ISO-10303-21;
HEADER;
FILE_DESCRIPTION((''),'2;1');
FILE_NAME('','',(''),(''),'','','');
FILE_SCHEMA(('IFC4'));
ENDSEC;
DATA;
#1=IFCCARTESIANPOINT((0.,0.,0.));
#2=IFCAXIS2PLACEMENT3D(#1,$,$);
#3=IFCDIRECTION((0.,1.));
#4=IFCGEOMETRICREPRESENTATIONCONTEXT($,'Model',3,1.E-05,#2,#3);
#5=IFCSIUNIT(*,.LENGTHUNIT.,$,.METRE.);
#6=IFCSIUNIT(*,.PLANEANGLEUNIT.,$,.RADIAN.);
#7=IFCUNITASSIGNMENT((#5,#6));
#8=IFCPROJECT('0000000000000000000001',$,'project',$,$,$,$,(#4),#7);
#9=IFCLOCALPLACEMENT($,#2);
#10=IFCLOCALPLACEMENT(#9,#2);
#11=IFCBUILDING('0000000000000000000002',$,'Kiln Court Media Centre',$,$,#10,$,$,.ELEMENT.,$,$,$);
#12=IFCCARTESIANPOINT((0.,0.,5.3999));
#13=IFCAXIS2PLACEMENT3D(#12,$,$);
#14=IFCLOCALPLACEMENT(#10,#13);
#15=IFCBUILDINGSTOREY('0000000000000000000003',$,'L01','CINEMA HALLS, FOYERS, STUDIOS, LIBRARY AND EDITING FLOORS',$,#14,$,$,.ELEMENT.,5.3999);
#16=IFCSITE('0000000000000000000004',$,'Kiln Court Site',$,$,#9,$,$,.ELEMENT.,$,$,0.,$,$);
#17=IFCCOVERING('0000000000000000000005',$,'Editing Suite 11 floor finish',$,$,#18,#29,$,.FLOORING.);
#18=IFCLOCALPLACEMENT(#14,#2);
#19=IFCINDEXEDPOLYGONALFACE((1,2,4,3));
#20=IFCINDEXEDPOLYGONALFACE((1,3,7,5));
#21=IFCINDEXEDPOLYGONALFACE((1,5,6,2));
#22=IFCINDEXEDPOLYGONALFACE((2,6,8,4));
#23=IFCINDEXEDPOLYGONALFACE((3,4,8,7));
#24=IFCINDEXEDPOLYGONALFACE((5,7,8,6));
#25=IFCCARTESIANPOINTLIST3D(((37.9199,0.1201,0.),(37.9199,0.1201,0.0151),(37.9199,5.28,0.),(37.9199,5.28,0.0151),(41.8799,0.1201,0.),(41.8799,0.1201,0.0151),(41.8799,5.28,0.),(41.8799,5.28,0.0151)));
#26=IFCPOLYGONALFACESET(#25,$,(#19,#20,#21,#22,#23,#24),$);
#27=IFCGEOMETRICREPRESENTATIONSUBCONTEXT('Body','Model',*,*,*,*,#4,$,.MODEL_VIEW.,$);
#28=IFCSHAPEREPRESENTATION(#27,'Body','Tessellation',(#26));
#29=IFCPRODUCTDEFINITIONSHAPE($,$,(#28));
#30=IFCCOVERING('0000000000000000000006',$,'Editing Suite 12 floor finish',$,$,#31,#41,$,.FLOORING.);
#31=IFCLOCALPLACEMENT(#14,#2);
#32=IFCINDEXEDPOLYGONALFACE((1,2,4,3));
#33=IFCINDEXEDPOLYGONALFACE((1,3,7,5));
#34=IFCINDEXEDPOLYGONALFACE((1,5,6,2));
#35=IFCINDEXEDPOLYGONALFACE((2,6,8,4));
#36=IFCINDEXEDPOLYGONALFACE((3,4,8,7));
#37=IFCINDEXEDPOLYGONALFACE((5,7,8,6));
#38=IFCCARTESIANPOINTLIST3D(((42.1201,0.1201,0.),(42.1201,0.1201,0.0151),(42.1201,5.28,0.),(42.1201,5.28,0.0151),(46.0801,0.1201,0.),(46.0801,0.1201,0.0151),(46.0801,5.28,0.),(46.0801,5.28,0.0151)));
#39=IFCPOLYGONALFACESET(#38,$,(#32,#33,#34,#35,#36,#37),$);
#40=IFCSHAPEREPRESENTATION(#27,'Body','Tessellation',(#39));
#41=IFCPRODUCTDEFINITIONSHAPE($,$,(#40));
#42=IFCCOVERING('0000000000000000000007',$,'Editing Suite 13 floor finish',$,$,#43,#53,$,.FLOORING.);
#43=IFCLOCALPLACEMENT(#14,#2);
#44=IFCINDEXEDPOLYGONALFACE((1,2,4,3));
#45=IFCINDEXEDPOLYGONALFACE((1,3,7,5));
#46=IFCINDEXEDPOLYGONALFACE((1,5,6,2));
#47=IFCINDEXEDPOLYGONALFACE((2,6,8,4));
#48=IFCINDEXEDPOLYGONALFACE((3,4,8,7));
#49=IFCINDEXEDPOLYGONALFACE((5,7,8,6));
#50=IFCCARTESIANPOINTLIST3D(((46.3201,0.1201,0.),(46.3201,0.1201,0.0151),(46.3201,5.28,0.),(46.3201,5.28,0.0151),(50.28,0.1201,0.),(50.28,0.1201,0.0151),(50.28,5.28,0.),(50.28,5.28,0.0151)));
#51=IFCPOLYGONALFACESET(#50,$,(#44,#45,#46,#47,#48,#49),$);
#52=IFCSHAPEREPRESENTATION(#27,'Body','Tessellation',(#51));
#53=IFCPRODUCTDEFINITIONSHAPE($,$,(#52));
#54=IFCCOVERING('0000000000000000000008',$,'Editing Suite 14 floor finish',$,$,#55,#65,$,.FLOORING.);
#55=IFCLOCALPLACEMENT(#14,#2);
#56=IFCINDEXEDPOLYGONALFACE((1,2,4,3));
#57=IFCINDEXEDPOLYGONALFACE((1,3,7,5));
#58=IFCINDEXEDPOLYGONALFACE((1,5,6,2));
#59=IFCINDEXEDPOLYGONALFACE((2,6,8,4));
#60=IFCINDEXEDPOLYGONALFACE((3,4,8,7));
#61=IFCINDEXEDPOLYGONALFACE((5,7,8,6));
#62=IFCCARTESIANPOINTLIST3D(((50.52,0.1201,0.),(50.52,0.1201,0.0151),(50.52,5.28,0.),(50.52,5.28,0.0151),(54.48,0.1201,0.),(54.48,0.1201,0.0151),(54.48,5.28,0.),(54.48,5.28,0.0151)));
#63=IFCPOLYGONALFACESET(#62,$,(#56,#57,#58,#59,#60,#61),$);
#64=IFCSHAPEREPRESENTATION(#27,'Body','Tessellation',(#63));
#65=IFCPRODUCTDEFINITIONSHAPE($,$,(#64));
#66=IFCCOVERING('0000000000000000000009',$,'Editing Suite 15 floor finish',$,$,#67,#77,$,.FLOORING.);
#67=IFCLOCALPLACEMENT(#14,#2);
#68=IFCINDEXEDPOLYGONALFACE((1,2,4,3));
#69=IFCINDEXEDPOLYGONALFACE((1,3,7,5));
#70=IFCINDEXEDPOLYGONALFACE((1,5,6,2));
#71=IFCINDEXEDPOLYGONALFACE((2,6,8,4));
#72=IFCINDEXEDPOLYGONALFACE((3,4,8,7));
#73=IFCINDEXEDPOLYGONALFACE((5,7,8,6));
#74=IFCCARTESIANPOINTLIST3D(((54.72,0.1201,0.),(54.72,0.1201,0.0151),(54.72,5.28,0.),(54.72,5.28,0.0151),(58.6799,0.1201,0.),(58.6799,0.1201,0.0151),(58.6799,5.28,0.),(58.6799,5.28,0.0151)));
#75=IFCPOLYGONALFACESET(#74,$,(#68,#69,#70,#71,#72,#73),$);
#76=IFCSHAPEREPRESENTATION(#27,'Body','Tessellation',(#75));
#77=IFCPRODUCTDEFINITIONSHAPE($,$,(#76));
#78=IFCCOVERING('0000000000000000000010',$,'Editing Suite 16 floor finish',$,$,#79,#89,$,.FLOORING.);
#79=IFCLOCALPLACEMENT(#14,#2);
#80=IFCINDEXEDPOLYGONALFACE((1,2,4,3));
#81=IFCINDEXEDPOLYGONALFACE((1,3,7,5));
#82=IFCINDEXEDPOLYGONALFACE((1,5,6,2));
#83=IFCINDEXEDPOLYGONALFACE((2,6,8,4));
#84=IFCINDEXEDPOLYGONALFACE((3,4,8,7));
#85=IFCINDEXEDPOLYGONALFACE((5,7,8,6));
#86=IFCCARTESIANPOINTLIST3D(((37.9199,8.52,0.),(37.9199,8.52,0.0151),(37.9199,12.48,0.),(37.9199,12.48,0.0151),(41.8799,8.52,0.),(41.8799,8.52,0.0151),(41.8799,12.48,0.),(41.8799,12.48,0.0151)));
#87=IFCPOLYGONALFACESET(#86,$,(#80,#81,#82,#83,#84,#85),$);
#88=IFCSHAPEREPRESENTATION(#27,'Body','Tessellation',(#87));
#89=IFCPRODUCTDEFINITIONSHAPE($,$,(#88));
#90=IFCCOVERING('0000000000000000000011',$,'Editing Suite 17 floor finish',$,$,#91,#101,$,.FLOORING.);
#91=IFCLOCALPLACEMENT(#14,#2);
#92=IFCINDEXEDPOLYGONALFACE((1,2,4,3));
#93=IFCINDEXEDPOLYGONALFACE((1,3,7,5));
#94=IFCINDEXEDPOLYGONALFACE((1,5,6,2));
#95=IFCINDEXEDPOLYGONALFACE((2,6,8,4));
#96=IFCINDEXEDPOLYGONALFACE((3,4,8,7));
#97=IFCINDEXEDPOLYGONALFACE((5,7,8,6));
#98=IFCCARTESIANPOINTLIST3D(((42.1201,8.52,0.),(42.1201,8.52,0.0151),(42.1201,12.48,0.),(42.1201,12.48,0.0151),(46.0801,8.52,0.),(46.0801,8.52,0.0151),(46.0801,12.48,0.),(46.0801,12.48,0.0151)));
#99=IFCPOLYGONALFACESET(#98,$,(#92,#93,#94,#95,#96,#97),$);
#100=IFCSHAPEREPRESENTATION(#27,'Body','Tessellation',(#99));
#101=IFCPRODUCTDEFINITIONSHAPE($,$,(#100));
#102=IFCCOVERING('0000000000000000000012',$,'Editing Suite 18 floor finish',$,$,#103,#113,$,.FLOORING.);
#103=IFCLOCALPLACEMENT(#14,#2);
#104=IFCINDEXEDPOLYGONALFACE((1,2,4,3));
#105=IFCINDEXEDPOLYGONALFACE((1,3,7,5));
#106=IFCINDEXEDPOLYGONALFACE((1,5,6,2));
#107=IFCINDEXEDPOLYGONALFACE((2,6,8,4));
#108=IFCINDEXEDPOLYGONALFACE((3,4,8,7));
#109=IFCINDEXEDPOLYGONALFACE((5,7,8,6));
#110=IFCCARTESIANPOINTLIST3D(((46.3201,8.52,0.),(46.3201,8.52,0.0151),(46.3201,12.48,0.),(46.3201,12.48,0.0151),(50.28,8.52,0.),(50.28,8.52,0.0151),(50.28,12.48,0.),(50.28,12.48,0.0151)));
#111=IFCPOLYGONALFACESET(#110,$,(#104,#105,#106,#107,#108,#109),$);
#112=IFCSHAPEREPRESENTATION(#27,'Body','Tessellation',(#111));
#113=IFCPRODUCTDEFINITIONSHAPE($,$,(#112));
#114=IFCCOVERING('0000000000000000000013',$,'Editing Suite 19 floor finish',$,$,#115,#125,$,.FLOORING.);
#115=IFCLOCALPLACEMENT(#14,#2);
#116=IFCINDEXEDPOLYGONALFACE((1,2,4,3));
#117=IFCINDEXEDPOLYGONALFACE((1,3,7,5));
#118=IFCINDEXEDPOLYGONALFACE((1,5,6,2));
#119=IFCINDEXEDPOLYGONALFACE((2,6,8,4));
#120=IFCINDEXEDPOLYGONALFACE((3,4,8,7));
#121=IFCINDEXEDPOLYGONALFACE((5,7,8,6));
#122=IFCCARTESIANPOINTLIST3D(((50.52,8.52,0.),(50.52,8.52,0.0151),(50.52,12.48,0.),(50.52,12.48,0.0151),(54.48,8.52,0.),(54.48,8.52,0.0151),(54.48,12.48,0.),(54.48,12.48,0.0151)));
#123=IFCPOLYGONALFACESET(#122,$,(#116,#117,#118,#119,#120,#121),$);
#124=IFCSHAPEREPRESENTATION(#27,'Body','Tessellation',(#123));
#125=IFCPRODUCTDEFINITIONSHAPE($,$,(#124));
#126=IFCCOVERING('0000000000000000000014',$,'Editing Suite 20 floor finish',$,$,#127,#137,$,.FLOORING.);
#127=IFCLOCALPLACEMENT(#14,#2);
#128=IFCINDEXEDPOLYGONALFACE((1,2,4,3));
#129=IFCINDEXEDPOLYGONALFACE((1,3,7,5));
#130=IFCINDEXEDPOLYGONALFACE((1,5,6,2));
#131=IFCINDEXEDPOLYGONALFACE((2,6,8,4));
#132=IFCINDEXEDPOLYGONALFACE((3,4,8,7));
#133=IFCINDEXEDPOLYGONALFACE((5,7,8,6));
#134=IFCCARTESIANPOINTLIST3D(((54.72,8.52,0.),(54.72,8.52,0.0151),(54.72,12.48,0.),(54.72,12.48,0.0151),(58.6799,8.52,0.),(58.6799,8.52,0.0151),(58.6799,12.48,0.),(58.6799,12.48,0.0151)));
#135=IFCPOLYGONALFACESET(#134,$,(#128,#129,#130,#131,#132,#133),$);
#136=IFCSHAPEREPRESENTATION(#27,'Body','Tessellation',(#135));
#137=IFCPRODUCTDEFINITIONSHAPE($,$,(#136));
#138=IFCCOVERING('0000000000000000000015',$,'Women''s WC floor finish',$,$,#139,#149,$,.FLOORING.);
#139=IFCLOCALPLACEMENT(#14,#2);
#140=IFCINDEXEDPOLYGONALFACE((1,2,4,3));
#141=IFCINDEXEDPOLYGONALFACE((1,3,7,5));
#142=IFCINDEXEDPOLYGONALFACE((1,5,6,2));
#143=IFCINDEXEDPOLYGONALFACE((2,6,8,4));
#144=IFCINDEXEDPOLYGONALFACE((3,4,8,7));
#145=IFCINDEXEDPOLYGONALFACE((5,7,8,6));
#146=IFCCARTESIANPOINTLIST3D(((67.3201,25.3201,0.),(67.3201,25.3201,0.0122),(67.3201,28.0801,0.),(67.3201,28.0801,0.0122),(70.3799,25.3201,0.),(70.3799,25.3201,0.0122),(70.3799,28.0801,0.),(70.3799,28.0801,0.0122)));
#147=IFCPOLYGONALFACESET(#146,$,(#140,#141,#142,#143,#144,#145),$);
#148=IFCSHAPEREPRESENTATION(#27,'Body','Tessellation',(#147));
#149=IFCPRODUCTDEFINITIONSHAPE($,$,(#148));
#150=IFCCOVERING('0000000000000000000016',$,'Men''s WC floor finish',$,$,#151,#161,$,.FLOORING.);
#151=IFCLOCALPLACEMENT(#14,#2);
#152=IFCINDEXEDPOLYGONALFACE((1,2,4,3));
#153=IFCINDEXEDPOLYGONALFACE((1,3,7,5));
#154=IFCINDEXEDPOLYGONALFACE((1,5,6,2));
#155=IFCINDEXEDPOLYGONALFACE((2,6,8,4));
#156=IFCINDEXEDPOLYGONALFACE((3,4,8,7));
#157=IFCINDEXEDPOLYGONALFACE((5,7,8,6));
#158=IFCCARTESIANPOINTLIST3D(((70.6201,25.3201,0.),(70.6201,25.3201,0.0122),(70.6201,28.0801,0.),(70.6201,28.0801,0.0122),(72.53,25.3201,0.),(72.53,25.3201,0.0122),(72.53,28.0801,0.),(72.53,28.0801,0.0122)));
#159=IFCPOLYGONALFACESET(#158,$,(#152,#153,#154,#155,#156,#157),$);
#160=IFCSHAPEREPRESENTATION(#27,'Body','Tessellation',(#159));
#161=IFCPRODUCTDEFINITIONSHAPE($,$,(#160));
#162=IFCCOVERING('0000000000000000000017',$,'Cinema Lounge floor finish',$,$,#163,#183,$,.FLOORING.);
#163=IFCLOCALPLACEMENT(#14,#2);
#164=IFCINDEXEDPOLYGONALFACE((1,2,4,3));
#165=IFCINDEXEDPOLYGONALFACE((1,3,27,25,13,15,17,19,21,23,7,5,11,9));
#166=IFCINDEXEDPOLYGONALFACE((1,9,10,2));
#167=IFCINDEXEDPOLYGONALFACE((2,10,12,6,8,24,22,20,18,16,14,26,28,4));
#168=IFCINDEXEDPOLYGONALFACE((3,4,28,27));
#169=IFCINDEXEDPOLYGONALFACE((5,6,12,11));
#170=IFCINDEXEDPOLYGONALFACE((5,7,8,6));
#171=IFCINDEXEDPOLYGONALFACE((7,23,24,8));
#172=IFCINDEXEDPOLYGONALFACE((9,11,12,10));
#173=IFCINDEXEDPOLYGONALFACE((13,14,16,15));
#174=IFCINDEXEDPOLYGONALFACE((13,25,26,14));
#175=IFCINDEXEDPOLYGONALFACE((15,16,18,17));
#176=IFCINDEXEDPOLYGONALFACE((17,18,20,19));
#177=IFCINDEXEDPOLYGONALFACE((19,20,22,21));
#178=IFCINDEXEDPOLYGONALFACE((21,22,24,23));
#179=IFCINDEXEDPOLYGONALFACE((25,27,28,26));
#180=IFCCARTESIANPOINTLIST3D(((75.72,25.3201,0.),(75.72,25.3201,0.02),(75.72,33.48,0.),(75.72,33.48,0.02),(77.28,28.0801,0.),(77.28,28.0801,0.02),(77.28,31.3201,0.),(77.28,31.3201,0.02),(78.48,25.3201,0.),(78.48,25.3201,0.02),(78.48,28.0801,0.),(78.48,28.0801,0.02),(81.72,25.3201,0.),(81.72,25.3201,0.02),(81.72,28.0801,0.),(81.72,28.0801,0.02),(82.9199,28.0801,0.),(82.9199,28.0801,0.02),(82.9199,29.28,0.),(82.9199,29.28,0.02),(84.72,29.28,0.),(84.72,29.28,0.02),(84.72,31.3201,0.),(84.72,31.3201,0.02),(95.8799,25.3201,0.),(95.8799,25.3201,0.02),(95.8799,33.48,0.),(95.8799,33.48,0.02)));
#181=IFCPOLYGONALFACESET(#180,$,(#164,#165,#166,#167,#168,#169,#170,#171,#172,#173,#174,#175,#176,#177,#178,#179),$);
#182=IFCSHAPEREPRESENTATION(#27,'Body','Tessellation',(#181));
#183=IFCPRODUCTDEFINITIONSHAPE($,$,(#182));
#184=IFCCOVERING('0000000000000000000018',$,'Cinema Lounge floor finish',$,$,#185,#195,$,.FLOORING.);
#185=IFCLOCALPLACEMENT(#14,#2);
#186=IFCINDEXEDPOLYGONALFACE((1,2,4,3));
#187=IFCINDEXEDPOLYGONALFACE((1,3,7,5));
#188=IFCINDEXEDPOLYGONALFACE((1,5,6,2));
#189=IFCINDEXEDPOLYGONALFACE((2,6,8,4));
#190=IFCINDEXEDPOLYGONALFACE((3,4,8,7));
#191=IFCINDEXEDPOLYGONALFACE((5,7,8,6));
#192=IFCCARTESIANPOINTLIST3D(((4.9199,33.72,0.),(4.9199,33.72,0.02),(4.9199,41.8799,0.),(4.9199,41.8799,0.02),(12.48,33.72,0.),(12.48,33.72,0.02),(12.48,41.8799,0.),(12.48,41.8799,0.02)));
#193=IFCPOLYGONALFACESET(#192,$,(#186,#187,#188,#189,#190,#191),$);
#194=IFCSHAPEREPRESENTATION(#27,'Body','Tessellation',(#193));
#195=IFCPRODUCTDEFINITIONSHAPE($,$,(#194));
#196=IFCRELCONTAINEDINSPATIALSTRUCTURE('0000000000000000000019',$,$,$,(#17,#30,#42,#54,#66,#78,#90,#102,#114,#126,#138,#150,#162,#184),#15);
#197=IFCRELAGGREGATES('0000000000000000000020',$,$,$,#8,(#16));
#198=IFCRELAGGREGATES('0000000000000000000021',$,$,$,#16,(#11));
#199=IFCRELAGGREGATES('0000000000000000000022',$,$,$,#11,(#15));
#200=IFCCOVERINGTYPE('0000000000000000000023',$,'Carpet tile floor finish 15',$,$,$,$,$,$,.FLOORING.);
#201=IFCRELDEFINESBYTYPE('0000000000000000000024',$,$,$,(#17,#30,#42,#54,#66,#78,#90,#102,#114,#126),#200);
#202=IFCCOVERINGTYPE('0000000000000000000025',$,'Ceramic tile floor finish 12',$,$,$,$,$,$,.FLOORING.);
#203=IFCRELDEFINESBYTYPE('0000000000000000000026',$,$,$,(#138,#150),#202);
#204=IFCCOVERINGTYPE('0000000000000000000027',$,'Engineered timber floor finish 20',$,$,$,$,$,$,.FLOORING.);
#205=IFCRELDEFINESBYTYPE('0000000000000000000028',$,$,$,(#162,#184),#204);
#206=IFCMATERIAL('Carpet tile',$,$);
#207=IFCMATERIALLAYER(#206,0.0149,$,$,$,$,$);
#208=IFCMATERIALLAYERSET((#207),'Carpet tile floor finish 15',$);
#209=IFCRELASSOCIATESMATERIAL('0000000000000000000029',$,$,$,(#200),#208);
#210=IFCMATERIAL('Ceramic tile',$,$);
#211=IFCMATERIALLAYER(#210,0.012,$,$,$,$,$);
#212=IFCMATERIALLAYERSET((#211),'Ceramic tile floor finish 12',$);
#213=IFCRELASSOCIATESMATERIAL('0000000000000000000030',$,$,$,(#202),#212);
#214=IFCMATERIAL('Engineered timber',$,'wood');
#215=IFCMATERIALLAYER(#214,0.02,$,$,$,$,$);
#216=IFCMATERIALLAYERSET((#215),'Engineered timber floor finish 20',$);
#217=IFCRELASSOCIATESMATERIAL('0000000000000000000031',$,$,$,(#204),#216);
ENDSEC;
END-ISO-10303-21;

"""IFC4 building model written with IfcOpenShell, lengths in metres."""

from ifc_helpers import new_model, si_unit, direction, frame, origin, place, context, subcontext, project, spatial, polyline, outline, extrude, material, layer, layer_set, type_object, element, save


model = new_model("IFC4")

# Units and contexts
model_context = context("Model", 3, precision=1e-05, world=origin(), true_north=direction((0.0, 1.0)))
body_context = subcontext(model_context, "Body", "Model", "MODEL_VIEW")
ifc_project = project(units=[si_unit("LENGTHUNIT", "METRE"), si_unit("PLANEANGLEUNIT", "RADIAN")], contexts=[model_context])

# Site, building, storey
site_placement = place(None, origin())
site = spatial("IfcSite", under=ifc_project, at=site_placement, Name="Kiln Court Site", CompositionType="ELEMENT", RefElevation=0.0)
building_placement = place(site_placement, origin())
building = spatial("IfcBuilding", under=site, at=building_placement, Name="Kiln Court Media Centre", CompositionType="ELEMENT")
storey_placement = place(building_placement, frame((0.0, 0.0, 5.3999)))
storey = spatial("IfcBuildingStorey", under=building, at=storey_placement, Name="L01", Description="CINEMA HALLS, FOYERS, STUDIOS, LIBRARY AND EDITING FLOORS", CompositionType="ELEMENT", Elevation=5.3999)

# Coverings
ifc_material_1 = material(Name="Carpet tile")
ifc_layer_1 = layer(ifc_material_1, 0.0149)
ifc_layer_set_1 = layer_set([ifc_layer_1], Name="Carpet tile floor finish 15")
covering_type_1 = type_object("IfcCoveringType", Name="Carpet tile floor finish 15", PredefinedType="FLOORING", material=ifc_layer_set_1)
covering_1_placement = place(storey_placement, origin())
element("IfcCovering", 1, at=covering_1_placement, inside=storey, type_object=covering_type_1, Name="Editing Suite 11 floor finish", PredefinedType="FLOORING", context=body_context, shape_type="SweptSolid", body=[
    extrude(outline(polyline([(37.9199, 0.1201), (41.8799, 0.1201), (41.8799, 5.28), (37.9199, 5.28), (37.9199, 0.1201)])), origin(), (0.0, 0.0, 1.0), 0.0151),
])
covering_2_placement = place(storey_placement, origin())
element("IfcCovering", 2, at=covering_2_placement, inside=storey, type_object=covering_type_1, Name="Editing Suite 12 floor finish", PredefinedType="FLOORING", context=body_context, shape_type="SweptSolid", body=[
    extrude(outline(polyline([(42.1201, 0.1201), (46.0801, 0.1201), (46.0801, 5.28), (42.1201, 5.28), (42.1201, 0.1201)])), origin(), (0.0, 0.0, 1.0), 0.0151),
])
covering_3_placement = place(storey_placement, origin())
element("IfcCovering", 3, at=covering_3_placement, inside=storey, type_object=covering_type_1, Name="Editing Suite 13 floor finish", PredefinedType="FLOORING", context=body_context, shape_type="SweptSolid", body=[
    extrude(outline(polyline([(46.3201, 0.1201), (50.28, 0.1201), (50.28, 5.28), (46.3201, 5.28), (46.3201, 0.1201)])), origin(), (0.0, 0.0, 1.0), 0.0151),
])
covering_4_placement = place(storey_placement, origin())
element("IfcCovering", 4, at=covering_4_placement, inside=storey, type_object=covering_type_1, Name="Editing Suite 14 floor finish", PredefinedType="FLOORING", context=body_context, shape_type="SweptSolid", body=[
    extrude(outline(polyline([(50.52, 0.1201), (54.48, 0.1201), (54.48, 5.28), (50.52, 5.28), (50.52, 0.1201)])), origin(), (0.0, 0.0, 1.0), 0.0151),
])
covering_5_placement = place(storey_placement, origin())
element("IfcCovering", 5, at=covering_5_placement, inside=storey, type_object=covering_type_1, Name="Editing Suite 15 floor finish", PredefinedType="FLOORING", context=body_context, shape_type="SweptSolid", body=[
    extrude(outline(polyline([(54.72, 0.1201), (58.6799, 0.1201), (58.6799, 5.28), (54.72, 5.28), (54.72, 0.1201)])), origin(), (0.0, 0.0, 1.0), 0.0151),
])
covering_6_placement = place(storey_placement, origin())
element("IfcCovering", 6, at=covering_6_placement, inside=storey, type_object=covering_type_1, Name="Editing Suite 16 floor finish", PredefinedType="FLOORING", context=body_context, shape_type="SweptSolid", body=[
    extrude(outline(polyline([(37.9199, 8.52), (41.8799, 8.52), (41.8799, 12.48), (37.9199, 12.48), (37.9199, 8.52)])), origin(), (0.0, 0.0, 1.0), 0.0151),
])
covering_7_placement = place(storey_placement, origin())
element("IfcCovering", 7, at=covering_7_placement, inside=storey, type_object=covering_type_1, Name="Editing Suite 17 floor finish", PredefinedType="FLOORING", context=body_context, shape_type="SweptSolid", body=[
    extrude(outline(polyline([(42.1201, 8.52), (46.0801, 8.52), (46.0801, 12.48), (42.1201, 12.48), (42.1201, 8.52)])), origin(), (0.0, 0.0, 1.0), 0.0151),
])
covering_8_placement = place(storey_placement, origin())
element("IfcCovering", 8, at=covering_8_placement, inside=storey, type_object=covering_type_1, Name="Editing Suite 18 floor finish", PredefinedType="FLOORING", context=body_context, shape_type="SweptSolid", body=[
    extrude(outline(polyline([(46.3201, 8.52), (50.28, 8.52), (50.28, 12.48), (46.3201, 12.48), (46.3201, 8.52)])), origin(), (0.0, 0.0, 1.0), 0.0151),
])
covering_9_placement = place(storey_placement, origin())
element("IfcCovering", 9, at=covering_9_placement, inside=storey, type_object=covering_type_1, Name="Editing Suite 19 floor finish", PredefinedType="FLOORING", context=body_context, shape_type="SweptSolid", body=[
    extrude(outline(polyline([(50.52, 8.52), (54.48, 8.52), (54.48, 12.48), (50.52, 12.48), (50.52, 8.52)])), origin(), (0.0, 0.0, 1.0), 0.0151),
])
covering_10_placement = place(storey_placement, origin())
element("IfcCovering", 10, at=covering_10_placement, inside=storey, type_object=covering_type_1, Name="Editing Suite 20 floor finish", PredefinedType="FLOORING", context=body_context, shape_type="SweptSolid", body=[
    extrude(outline(polyline([(54.72, 8.52), (58.6799, 8.52), (58.6799, 12.48), (54.72, 12.48), (54.72, 8.52)])), origin(), (0.0, 0.0, 1.0), 0.0151),
])
ifc_material_2 = material(Name="Ceramic tile")
ifc_layer_2 = layer(ifc_material_2, 0.012)
ifc_layer_set_2 = layer_set([ifc_layer_2], Name="Ceramic tile floor finish 12")
covering_type_2 = type_object("IfcCoveringType", Name="Ceramic tile floor finish 12", PredefinedType="FLOORING", material=ifc_layer_set_2)
covering_11_placement = place(storey_placement, origin())
element("IfcCovering", 11, at=covering_11_placement, inside=storey, type_object=covering_type_2, Name="Women's WC floor finish", PredefinedType="FLOORING", context=body_context, shape_type="SweptSolid", body=[
    extrude(outline(polyline([(70.3799, 25.3201), (70.3799, 28.0801), (67.3201, 28.0801), (67.3201, 25.3201), (70.3799, 25.3201)])), origin(), (0.0, 0.0, 1.0), 0.0122),
])
covering_12_placement = place(storey_placement, origin())
element("IfcCovering", 12, at=covering_12_placement, inside=storey, type_object=covering_type_2, Name="Men's WC floor finish", PredefinedType="FLOORING", context=body_context, shape_type="SweptSolid", body=[
    extrude(outline(polyline([(72.53, 25.3201), (72.53, 28.0801), (70.6201, 28.0801), (70.6201, 25.3201), (72.53, 25.3201)])), origin(), (0.0, 0.0, 1.0), 0.0122),
])
ifc_material_3 = material(Name="Engineered timber", Category="wood")
ifc_layer_3 = layer(ifc_material_3, 0.02)
ifc_layer_set_3 = layer_set([ifc_layer_3], Name="Engineered timber floor finish 20")
covering_type_3 = type_object("IfcCoveringType", Name="Engineered timber floor finish 20", PredefinedType="FLOORING", material=ifc_layer_set_3)
covering_13_placement = place(storey_placement, origin())
element("IfcCovering", 13, at=covering_13_placement, inside=storey, type_object=covering_type_3, Name="Cinema Lounge floor finish", PredefinedType="FLOORING", context=body_context, shape_type="SweptSolid", body=[
    extrude(outline(polyline([(77.28, 31.3201), (84.72, 31.3201), (84.72, 29.28), (82.9199, 29.28), (82.9199, 28.0801), (81.72, 28.0801), (81.72, 25.3201), (95.8799, 25.3201), (95.8799, 33.48), (75.72, 33.48), (75.72, 25.3201), (78.48, 25.3201), (78.48, 28.0801), (77.28, 28.0801), (77.28, 31.3201)])), origin(), (0.0, 0.0, 1.0), 0.02),
])
covering_14_placement = place(storey_placement, origin())
element("IfcCovering", 14, at=covering_14_placement, inside=storey, type_object=covering_type_3, Name="Cinema Lounge floor finish", PredefinedType="FLOORING", context=body_context, shape_type="SweptSolid", body=[
    extrude(outline(polyline([(12.48, 41.8799), (4.9199, 41.8799), (4.9199, 33.72), (12.48, 33.72), (12.48, 41.8799)])), origin(), (0.0, 0.0, 1.0), 0.02),
])

save(model, "model.ifc")
